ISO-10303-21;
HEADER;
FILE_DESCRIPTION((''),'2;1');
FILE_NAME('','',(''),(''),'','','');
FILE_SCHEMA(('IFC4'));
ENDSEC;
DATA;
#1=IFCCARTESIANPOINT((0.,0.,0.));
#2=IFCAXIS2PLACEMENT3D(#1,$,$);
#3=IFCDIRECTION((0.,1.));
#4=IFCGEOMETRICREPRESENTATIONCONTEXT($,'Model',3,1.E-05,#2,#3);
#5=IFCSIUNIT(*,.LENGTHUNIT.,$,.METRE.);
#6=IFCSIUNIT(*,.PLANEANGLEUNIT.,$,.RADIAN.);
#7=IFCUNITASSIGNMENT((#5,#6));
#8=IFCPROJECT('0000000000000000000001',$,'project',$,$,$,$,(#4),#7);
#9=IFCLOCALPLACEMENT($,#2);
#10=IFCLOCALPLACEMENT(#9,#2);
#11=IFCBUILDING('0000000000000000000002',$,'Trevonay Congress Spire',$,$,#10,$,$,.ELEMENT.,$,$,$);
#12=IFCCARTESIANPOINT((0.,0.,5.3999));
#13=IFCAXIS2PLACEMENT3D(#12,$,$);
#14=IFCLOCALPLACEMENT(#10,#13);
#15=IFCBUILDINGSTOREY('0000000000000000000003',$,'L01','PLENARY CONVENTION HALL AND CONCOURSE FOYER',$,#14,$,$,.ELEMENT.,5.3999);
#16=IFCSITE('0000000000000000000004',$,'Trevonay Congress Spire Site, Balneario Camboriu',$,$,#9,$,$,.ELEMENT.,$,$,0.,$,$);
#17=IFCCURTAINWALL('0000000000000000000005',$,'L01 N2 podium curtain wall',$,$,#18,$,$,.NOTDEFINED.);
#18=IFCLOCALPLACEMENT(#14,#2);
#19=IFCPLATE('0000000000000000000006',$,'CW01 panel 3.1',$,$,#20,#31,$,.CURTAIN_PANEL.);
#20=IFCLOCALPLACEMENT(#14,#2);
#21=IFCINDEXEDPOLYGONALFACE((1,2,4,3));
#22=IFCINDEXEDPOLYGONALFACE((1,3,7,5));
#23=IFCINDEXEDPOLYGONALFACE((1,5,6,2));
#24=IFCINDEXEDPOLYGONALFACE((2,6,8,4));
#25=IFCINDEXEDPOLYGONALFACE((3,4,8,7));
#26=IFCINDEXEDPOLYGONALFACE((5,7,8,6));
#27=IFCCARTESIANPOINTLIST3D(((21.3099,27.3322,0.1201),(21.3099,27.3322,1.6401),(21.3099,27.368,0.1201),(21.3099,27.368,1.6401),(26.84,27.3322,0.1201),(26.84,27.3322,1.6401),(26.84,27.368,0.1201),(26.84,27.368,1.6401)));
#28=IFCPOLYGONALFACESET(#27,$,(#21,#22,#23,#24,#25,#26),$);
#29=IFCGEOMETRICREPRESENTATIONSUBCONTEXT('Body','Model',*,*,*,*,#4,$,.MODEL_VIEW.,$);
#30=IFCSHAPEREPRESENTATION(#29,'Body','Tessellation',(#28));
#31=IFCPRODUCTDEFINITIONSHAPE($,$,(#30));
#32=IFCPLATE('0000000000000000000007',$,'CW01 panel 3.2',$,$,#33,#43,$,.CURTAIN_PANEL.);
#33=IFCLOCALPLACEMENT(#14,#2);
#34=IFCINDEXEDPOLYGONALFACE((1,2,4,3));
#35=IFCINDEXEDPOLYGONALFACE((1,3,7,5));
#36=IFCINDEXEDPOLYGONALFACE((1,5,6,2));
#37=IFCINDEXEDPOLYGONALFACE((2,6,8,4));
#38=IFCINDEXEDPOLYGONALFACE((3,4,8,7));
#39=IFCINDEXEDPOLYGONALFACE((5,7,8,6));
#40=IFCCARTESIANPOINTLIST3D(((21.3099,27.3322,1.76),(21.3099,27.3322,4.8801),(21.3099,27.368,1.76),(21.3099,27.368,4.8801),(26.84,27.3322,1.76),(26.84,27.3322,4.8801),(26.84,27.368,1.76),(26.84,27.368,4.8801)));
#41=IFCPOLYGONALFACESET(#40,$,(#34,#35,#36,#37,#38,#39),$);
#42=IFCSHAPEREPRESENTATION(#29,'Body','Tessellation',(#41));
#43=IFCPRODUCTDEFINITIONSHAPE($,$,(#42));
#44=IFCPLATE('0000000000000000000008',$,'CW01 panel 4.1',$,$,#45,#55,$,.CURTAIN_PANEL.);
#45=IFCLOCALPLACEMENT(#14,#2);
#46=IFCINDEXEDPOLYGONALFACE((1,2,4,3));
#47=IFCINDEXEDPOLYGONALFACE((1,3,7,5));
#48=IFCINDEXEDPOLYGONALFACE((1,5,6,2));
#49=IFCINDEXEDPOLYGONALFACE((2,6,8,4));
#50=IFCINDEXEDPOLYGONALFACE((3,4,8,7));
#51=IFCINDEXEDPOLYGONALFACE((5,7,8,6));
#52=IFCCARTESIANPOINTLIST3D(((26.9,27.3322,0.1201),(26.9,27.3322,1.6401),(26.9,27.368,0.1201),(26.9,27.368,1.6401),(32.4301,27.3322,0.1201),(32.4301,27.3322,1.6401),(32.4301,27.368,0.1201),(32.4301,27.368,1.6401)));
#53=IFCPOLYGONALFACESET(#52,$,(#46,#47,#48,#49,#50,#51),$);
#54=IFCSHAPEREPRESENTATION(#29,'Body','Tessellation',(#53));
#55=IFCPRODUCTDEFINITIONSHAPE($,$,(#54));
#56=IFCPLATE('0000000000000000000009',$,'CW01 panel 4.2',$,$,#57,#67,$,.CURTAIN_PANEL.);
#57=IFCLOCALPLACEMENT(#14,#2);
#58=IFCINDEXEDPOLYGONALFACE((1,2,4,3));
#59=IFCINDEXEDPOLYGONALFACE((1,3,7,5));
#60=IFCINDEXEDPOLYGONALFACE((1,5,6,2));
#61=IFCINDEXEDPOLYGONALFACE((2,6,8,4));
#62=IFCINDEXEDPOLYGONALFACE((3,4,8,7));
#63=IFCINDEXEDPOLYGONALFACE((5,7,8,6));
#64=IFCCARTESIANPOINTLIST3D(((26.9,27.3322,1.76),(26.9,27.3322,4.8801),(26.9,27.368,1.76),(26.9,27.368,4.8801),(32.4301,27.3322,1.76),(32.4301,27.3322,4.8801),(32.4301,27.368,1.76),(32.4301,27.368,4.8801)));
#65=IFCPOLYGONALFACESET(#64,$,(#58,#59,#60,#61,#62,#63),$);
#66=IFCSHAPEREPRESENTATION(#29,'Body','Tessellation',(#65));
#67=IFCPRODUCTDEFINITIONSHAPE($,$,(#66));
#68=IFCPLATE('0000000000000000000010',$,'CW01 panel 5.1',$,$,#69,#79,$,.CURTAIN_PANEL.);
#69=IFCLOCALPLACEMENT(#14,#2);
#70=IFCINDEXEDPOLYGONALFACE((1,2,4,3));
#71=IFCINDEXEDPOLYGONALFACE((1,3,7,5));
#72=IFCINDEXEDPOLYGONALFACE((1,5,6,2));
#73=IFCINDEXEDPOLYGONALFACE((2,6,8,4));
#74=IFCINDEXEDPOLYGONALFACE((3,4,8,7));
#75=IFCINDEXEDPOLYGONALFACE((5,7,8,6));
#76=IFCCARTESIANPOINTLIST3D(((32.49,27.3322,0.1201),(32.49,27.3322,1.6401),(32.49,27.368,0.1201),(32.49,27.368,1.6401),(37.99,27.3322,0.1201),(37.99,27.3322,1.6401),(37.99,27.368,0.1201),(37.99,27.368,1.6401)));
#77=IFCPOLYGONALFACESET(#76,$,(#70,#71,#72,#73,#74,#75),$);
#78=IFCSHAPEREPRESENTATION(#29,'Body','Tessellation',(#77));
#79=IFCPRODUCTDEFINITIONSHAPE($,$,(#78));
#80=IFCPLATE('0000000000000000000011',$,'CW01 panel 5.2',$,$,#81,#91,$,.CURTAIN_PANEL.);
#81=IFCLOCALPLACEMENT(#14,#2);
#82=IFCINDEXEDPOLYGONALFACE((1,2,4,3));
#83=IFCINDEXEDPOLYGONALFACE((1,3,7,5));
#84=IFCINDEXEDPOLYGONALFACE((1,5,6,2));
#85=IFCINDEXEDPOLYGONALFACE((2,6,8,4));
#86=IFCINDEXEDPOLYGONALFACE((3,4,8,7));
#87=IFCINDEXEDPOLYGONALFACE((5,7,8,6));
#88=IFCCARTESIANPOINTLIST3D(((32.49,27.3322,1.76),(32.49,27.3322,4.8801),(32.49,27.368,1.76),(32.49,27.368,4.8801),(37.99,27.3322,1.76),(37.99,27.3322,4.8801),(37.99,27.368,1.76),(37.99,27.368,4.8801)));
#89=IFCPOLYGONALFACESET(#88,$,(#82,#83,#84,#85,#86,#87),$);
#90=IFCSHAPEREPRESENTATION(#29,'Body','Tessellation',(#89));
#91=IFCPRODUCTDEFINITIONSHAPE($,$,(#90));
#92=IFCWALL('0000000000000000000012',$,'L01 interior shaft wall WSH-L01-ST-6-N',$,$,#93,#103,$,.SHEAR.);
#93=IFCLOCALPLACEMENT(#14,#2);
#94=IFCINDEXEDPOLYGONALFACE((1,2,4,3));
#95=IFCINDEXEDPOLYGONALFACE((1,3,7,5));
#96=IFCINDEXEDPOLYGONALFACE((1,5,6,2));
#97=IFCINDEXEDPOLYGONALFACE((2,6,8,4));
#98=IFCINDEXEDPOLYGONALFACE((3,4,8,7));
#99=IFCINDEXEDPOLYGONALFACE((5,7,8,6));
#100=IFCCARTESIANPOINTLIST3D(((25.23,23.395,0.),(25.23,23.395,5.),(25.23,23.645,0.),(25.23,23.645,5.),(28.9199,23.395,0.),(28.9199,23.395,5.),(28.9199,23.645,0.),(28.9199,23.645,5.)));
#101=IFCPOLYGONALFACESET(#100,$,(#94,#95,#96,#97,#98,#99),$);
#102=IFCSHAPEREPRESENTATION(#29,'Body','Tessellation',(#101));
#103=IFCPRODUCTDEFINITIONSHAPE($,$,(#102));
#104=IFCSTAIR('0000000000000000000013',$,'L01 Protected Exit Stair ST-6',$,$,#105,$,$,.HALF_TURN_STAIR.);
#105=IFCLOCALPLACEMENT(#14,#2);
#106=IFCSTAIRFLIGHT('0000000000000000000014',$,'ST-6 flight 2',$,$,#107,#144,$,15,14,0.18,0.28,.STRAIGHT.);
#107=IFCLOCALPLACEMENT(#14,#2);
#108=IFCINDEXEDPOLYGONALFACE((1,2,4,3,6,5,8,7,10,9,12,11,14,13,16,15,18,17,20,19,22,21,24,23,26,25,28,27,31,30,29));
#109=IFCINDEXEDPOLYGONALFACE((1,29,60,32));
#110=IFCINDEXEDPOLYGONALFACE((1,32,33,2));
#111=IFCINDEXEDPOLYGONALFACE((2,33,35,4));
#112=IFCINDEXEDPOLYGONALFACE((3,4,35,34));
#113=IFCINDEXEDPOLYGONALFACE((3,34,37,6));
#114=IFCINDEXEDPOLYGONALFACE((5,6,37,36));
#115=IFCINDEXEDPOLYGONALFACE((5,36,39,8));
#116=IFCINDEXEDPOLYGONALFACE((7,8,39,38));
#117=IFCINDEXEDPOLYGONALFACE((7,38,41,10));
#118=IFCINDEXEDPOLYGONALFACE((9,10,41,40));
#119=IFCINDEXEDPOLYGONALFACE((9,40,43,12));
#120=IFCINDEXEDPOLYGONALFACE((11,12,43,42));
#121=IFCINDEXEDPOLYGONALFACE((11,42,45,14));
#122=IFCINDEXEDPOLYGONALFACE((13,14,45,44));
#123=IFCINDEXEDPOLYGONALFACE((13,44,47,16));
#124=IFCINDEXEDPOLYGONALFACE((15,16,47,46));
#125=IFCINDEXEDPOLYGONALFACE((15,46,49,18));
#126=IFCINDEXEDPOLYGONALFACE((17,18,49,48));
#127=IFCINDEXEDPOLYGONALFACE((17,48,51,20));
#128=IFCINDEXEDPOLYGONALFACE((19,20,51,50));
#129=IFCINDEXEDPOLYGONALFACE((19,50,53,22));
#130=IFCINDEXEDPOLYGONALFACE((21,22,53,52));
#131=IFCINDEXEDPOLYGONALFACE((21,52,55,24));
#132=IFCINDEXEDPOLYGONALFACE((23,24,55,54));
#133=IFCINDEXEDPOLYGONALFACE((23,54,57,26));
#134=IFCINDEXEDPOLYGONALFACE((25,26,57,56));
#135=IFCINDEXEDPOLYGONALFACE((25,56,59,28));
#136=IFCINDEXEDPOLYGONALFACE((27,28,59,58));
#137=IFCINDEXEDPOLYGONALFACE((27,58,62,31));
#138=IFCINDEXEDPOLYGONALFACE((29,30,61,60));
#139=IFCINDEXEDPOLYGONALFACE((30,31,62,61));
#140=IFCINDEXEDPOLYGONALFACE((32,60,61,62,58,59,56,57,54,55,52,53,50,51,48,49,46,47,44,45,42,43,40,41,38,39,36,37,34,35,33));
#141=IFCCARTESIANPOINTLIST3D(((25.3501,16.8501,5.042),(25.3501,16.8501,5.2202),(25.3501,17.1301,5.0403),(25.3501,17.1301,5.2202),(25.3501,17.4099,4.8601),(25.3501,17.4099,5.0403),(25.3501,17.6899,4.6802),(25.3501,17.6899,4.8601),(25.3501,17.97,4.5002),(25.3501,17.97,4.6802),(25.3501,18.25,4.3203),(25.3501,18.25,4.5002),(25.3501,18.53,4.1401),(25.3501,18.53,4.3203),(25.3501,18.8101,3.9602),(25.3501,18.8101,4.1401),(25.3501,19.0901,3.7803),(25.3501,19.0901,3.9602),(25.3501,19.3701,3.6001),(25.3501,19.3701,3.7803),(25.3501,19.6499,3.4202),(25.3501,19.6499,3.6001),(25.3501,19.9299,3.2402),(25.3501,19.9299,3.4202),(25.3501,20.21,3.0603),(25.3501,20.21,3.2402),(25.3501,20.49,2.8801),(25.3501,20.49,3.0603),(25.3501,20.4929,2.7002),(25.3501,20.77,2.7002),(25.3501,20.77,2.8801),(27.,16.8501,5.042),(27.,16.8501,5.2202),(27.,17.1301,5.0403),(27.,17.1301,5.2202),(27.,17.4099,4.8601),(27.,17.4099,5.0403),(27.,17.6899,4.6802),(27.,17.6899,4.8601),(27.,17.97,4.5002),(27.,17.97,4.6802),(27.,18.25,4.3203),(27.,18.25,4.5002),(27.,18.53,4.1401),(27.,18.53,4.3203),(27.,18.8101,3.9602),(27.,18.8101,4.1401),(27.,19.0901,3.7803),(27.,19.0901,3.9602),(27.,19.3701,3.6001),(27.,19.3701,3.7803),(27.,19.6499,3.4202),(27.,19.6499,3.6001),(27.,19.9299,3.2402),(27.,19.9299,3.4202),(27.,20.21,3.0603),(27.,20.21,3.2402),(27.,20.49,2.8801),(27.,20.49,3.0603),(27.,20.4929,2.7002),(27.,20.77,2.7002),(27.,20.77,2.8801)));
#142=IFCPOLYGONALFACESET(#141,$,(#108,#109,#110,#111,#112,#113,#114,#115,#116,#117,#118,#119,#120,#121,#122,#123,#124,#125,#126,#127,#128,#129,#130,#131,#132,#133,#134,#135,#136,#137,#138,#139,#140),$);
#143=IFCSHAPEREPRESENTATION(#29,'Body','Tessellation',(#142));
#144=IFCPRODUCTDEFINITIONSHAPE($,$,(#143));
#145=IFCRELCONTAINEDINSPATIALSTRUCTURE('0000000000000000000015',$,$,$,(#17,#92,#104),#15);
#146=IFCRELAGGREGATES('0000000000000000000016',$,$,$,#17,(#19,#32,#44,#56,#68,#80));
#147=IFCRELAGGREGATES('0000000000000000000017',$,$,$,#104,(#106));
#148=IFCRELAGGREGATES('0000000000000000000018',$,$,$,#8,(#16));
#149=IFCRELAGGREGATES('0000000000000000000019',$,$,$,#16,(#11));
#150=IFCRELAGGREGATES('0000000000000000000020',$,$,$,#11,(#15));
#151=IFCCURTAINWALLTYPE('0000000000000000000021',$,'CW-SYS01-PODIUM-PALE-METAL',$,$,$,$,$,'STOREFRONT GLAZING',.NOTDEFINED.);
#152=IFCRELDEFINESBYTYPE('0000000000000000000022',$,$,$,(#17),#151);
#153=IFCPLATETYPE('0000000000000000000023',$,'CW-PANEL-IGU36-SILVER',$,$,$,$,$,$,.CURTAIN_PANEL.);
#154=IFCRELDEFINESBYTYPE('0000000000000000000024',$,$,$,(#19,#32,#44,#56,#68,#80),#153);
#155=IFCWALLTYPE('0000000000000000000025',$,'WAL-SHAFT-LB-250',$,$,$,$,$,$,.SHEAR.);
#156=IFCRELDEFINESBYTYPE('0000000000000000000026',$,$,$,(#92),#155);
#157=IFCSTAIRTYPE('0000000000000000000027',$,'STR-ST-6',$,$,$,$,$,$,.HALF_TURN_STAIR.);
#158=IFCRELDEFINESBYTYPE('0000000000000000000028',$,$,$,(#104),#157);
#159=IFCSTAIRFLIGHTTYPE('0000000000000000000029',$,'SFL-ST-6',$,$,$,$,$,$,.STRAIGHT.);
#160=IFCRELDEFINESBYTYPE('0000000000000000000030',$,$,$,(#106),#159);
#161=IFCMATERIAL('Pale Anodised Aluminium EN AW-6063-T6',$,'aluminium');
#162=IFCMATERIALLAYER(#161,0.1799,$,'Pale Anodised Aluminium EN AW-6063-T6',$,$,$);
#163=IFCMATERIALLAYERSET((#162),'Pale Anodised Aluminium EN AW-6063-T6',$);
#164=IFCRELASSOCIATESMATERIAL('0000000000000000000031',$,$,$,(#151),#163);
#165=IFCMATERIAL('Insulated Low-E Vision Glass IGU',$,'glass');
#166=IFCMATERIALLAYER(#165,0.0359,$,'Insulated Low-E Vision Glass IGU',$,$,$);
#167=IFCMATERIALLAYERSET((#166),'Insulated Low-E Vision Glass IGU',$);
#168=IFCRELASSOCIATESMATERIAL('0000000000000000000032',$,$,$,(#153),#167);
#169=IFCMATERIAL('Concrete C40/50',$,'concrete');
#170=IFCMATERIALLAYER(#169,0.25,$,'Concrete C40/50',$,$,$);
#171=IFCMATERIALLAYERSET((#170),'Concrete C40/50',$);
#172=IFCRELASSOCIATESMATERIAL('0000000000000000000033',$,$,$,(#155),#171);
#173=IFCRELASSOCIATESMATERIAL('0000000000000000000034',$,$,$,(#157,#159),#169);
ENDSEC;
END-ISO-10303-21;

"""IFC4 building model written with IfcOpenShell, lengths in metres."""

from ifc_helpers import new_model, si_unit, direction, frame, frame_2d, origin, origin_2d, place, context, subcontext, project, spatial, polyline, rectangle, outline, extrude, material, layer, layer_set, type_object, element, aggregate, save


model = new_model("IFC4")

# Units and contexts
model_context = context("Model", 3, precision=1e-05, world=origin(), true_north=direction((0.0, 1.0)))
body_context = subcontext(model_context, "Body", "Model", "MODEL_VIEW")
ifc_project = project(units=[si_unit("LENGTHUNIT", "METRE"), si_unit("PLANEANGLEUNIT", "RADIAN")], contexts=[model_context])

# Site, building, storey
site_placement = place(None, origin())
site = spatial("IfcSite", under=ifc_project, at=site_placement, Name="Trevonay Congress Spire Site, Balneario Camboriu", CompositionType="ELEMENT", RefElevation=0.0)
building_placement = place(site_placement, origin())
building = spatial("IfcBuilding", under=site, at=building_placement, Name="Trevonay Congress Spire", CompositionType="ELEMENT")
storey_placement = place(building_placement, frame((0.0, 0.0, 5.3999)))
storey = spatial("IfcBuildingStorey", under=building, at=storey_placement, Name="L01", Description="PLENARY CONVENTION HALL AND CONCOURSE FOYER", CompositionType="ELEMENT", Elevation=5.3999)

# Curtain wall
ifc_material_1 = material(Name="Pale Anodised Aluminium EN AW-6063-T6", Category="aluminium")
ifc_layer_1 = layer(ifc_material_1, 0.1799, Name="Pale Anodised Aluminium EN AW-6063-T6")
ifc_layer_set_1 = layer_set([ifc_layer_1], Name="Pale Anodised Aluminium EN AW-6063-T6")
curtain_wall_type = type_object("IfcCurtainWallType", Name="CW-SYS01-PODIUM-PALE-METAL", ElementType="STOREFRONT GLAZING", PredefinedType="NOTDEFINED", material=ifc_layer_set_1)
curtain_wall_1_placement = place(storey_placement, origin())
curtain_wall_1 = element("IfcCurtainWall", 1, at=curtain_wall_1_placement, inside=storey, type_object=curtain_wall_type, Name="L01 N2 podium curtain wall", PredefinedType="NOTDEFINED")

# Plates
ifc_material_2 = material(Name="Insulated Low-E Vision Glass IGU", Category="glass")
ifc_layer_2 = layer(ifc_material_2, 0.0359, Name="Insulated Low-E Vision Glass IGU")
ifc_layer_set_2 = layer_set([ifc_layer_2], Name="Insulated Low-E Vision Glass IGU")
plate_type = type_object("IfcPlateType", Name="CW-PANEL-IGU36-SILVER", PredefinedType="CURTAIN_PANEL", material=ifc_layer_set_2)
plate_1_placement = place(storey_placement, frame((24.075, 27.3501, 0.1201), z_axis=(0.0, 0.0, 1.0), x_axis=(1.0, 0.0, 0.0)))
plate_1 = element("IfcPlate", 2, at=plate_1_placement, type_object=plate_type, Name="CW01 panel 3.1", PredefinedType="CURTAIN_PANEL", context=body_context, shape_type="SweptSolid", body=[
    extrude(rectangle(XDim=5.53, YDim=0.0359, at=origin_2d()), origin(), (0.0, 0.0, 1.0), 1.52),
])
plate_2_placement = place(storey_placement, frame((24.075, 27.3501, 1.76), z_axis=(0.0, 0.0, 1.0), x_axis=(1.0, 0.0, 0.0)))
plate_2 = element("IfcPlate", 3, at=plate_2_placement, type_object=plate_type, Name="CW01 panel 3.2", PredefinedType="CURTAIN_PANEL", context=body_context, shape_type="SweptSolid", body=[
    extrude(rectangle(XDim=5.53, YDim=0.0359, at=origin_2d()), origin(), (0.0, 0.0, 1.0), 3.1201),
])
plate_3_placement = place(storey_placement, frame((29.665, 27.3501, 0.1201), z_axis=(0.0, 0.0, 1.0), x_axis=(1.0, 0.0, 0.0)))
plate_3 = element("IfcPlate", 4, at=plate_3_placement, type_object=plate_type, Name="CW01 panel 4.1", PredefinedType="CURTAIN_PANEL", context=body_context, shape_type="SweptSolid", body=[
    extrude(rectangle(XDim=5.53, YDim=0.0359, at=origin_2d()), origin(), (0.0, 0.0, 1.0), 1.52),
])
plate_4_placement = place(storey_placement, frame((29.665, 27.3501, 1.76), z_axis=(0.0, 0.0, 1.0), x_axis=(1.0, 0.0, 0.0)))
plate_4 = element("IfcPlate", 5, at=plate_4_placement, type_object=plate_type, Name="CW01 panel 4.2", PredefinedType="CURTAIN_PANEL", context=body_context, shape_type="SweptSolid", body=[
    extrude(rectangle(XDim=5.53, YDim=0.0359, at=origin_2d()), origin(), (0.0, 0.0, 1.0), 3.1201),
])
plate_5_placement = place(storey_placement, frame((35.24, 27.3501, 0.1201), z_axis=(0.0, 0.0, 1.0), x_axis=(1.0, 0.0, 0.0)))
plate_5 = element("IfcPlate", 6, at=plate_5_placement, type_object=plate_type, Name="CW01 panel 5.1", PredefinedType="CURTAIN_PANEL", context=body_context, shape_type="SweptSolid", body=[
    extrude(rectangle(XDim=5.5, YDim=0.0359, at=origin_2d()), origin(), (0.0, 0.0, 1.0), 1.52),
])
plate_6_placement = place(storey_placement, frame((35.24, 27.3501, 1.76), z_axis=(0.0, 0.0, 1.0), x_axis=(1.0, 0.0, 0.0)))
plate_6 = element("IfcPlate", 7, at=plate_6_placement, type_object=plate_type, Name="CW01 panel 5.2", PredefinedType="CURTAIN_PANEL", context=body_context, shape_type="SweptSolid", body=[
    extrude(rectangle(XDim=5.5, YDim=0.0359, at=origin_2d()), origin(), (0.0, 0.0, 1.0), 3.1201),
])
aggregate(curtain_wall_1, [plate_1, plate_2, plate_3, plate_4, plate_5, plate_6])

# Wall
ifc_material_3 = material(Name="Concrete C40/50", Category="concrete")
ifc_layer_3 = layer(ifc_material_3, 0.25, Name="Concrete C40/50")
ifc_layer_set_3 = layer_set([ifc_layer_3], Name="Concrete C40/50")
wall_type = type_object("IfcWallType", Name="WAL-SHAFT-LB-250", PredefinedType="SHEAR", material=ifc_layer_set_3)
wall_placement = place(storey_placement, frame((25.23, 23.52, 0.0), z_axis=(0.0, 0.0, 1.0), x_axis=(1.0, 0.0, 0.0)))
element("IfcWall", 8, at=wall_placement, inside=storey, type_object=wall_type, Name="L01 interior shaft wall WSH-L01-ST-6-N", PredefinedType="SHEAR", context=body_context, shape_type="SweptSolid", body=[
    extrude(rectangle(XDim=3.6899, YDim=0.25, at=frame_2d((1.845, 0.0))), origin(), (0.0, 0.0, 1.0), 5.0),
])

# Stair, stair flight
stair_type = type_object("IfcStairType", Name="STR-ST-6", PredefinedType="HALF_TURN_STAIR", material=ifc_material_3)
stair_placement = place(storey_placement, origin())
stair = element("IfcStair", 9, at=stair_placement, inside=storey, type_object=stair_type, Name="L01 Protected Exit Stair ST-6", PredefinedType="HALF_TURN_STAIR")
stair_flight_type = type_object("IfcStairFlightType", Name="SFL-ST-6", PredefinedType="STRAIGHT", material=ifc_material_3)
stair_flight_placement = place(storey_placement, frame((26.175, 20.77, 2.7002), z_axis=(0.0, 0.0, 1.0), x_axis=(0.0, -1.0, 0.0)))
stair_flight = element("IfcStairFlight", 10, at=stair_flight_placement, type_object=stair_flight_type, Name="ST-6 flight 2", NumberOfRisers=15, NumberOfTreads=14, PredefinedType="STRAIGHT", RiserHeight=0.18, TreadLength=0.28, context=body_context, shape_type="SweptSolid", body=[
    extrude(outline(polyline([(0.0, 0.0), (0.0, 0.1799), (0.28, 0.1799), (0.28, 0.3601), (0.5601, 0.3601), (0.5601, 0.54), (0.8401, 0.54), (0.8401, 0.72), (1.1201, 0.72), (1.1201, 0.8999), (1.3999, 0.8999), (1.3999, 1.0801), (1.6799, 1.0801), (1.6799, 1.26), (1.96, 1.26), (1.96, 1.4399), (2.24, 1.4399), (2.24, 1.6201), (2.52, 1.6201), (2.52, 1.8), (2.8, 1.8), (2.8, 1.98), (3.0801, 1.98), (3.0801, 2.1599), (3.3601, 2.1599), (3.3601, 2.3401), (3.6399, 2.3401), (3.6399, 2.52), (3.9199, 2.52), (3.9199, 2.7), (3.9199, 2.3418), (0.2771, 0.0), (0.0, 0.0)])), frame((0.0, 0.825, 0.0), z_axis=(0.0, -1.0, 0.0), x_axis=(1.0, 0.0, 0.0)), (0.0, 0.0, 1.0), 1.6499),
])
aggregate(stair, [stair_flight])

save(model, "model.ifc")
